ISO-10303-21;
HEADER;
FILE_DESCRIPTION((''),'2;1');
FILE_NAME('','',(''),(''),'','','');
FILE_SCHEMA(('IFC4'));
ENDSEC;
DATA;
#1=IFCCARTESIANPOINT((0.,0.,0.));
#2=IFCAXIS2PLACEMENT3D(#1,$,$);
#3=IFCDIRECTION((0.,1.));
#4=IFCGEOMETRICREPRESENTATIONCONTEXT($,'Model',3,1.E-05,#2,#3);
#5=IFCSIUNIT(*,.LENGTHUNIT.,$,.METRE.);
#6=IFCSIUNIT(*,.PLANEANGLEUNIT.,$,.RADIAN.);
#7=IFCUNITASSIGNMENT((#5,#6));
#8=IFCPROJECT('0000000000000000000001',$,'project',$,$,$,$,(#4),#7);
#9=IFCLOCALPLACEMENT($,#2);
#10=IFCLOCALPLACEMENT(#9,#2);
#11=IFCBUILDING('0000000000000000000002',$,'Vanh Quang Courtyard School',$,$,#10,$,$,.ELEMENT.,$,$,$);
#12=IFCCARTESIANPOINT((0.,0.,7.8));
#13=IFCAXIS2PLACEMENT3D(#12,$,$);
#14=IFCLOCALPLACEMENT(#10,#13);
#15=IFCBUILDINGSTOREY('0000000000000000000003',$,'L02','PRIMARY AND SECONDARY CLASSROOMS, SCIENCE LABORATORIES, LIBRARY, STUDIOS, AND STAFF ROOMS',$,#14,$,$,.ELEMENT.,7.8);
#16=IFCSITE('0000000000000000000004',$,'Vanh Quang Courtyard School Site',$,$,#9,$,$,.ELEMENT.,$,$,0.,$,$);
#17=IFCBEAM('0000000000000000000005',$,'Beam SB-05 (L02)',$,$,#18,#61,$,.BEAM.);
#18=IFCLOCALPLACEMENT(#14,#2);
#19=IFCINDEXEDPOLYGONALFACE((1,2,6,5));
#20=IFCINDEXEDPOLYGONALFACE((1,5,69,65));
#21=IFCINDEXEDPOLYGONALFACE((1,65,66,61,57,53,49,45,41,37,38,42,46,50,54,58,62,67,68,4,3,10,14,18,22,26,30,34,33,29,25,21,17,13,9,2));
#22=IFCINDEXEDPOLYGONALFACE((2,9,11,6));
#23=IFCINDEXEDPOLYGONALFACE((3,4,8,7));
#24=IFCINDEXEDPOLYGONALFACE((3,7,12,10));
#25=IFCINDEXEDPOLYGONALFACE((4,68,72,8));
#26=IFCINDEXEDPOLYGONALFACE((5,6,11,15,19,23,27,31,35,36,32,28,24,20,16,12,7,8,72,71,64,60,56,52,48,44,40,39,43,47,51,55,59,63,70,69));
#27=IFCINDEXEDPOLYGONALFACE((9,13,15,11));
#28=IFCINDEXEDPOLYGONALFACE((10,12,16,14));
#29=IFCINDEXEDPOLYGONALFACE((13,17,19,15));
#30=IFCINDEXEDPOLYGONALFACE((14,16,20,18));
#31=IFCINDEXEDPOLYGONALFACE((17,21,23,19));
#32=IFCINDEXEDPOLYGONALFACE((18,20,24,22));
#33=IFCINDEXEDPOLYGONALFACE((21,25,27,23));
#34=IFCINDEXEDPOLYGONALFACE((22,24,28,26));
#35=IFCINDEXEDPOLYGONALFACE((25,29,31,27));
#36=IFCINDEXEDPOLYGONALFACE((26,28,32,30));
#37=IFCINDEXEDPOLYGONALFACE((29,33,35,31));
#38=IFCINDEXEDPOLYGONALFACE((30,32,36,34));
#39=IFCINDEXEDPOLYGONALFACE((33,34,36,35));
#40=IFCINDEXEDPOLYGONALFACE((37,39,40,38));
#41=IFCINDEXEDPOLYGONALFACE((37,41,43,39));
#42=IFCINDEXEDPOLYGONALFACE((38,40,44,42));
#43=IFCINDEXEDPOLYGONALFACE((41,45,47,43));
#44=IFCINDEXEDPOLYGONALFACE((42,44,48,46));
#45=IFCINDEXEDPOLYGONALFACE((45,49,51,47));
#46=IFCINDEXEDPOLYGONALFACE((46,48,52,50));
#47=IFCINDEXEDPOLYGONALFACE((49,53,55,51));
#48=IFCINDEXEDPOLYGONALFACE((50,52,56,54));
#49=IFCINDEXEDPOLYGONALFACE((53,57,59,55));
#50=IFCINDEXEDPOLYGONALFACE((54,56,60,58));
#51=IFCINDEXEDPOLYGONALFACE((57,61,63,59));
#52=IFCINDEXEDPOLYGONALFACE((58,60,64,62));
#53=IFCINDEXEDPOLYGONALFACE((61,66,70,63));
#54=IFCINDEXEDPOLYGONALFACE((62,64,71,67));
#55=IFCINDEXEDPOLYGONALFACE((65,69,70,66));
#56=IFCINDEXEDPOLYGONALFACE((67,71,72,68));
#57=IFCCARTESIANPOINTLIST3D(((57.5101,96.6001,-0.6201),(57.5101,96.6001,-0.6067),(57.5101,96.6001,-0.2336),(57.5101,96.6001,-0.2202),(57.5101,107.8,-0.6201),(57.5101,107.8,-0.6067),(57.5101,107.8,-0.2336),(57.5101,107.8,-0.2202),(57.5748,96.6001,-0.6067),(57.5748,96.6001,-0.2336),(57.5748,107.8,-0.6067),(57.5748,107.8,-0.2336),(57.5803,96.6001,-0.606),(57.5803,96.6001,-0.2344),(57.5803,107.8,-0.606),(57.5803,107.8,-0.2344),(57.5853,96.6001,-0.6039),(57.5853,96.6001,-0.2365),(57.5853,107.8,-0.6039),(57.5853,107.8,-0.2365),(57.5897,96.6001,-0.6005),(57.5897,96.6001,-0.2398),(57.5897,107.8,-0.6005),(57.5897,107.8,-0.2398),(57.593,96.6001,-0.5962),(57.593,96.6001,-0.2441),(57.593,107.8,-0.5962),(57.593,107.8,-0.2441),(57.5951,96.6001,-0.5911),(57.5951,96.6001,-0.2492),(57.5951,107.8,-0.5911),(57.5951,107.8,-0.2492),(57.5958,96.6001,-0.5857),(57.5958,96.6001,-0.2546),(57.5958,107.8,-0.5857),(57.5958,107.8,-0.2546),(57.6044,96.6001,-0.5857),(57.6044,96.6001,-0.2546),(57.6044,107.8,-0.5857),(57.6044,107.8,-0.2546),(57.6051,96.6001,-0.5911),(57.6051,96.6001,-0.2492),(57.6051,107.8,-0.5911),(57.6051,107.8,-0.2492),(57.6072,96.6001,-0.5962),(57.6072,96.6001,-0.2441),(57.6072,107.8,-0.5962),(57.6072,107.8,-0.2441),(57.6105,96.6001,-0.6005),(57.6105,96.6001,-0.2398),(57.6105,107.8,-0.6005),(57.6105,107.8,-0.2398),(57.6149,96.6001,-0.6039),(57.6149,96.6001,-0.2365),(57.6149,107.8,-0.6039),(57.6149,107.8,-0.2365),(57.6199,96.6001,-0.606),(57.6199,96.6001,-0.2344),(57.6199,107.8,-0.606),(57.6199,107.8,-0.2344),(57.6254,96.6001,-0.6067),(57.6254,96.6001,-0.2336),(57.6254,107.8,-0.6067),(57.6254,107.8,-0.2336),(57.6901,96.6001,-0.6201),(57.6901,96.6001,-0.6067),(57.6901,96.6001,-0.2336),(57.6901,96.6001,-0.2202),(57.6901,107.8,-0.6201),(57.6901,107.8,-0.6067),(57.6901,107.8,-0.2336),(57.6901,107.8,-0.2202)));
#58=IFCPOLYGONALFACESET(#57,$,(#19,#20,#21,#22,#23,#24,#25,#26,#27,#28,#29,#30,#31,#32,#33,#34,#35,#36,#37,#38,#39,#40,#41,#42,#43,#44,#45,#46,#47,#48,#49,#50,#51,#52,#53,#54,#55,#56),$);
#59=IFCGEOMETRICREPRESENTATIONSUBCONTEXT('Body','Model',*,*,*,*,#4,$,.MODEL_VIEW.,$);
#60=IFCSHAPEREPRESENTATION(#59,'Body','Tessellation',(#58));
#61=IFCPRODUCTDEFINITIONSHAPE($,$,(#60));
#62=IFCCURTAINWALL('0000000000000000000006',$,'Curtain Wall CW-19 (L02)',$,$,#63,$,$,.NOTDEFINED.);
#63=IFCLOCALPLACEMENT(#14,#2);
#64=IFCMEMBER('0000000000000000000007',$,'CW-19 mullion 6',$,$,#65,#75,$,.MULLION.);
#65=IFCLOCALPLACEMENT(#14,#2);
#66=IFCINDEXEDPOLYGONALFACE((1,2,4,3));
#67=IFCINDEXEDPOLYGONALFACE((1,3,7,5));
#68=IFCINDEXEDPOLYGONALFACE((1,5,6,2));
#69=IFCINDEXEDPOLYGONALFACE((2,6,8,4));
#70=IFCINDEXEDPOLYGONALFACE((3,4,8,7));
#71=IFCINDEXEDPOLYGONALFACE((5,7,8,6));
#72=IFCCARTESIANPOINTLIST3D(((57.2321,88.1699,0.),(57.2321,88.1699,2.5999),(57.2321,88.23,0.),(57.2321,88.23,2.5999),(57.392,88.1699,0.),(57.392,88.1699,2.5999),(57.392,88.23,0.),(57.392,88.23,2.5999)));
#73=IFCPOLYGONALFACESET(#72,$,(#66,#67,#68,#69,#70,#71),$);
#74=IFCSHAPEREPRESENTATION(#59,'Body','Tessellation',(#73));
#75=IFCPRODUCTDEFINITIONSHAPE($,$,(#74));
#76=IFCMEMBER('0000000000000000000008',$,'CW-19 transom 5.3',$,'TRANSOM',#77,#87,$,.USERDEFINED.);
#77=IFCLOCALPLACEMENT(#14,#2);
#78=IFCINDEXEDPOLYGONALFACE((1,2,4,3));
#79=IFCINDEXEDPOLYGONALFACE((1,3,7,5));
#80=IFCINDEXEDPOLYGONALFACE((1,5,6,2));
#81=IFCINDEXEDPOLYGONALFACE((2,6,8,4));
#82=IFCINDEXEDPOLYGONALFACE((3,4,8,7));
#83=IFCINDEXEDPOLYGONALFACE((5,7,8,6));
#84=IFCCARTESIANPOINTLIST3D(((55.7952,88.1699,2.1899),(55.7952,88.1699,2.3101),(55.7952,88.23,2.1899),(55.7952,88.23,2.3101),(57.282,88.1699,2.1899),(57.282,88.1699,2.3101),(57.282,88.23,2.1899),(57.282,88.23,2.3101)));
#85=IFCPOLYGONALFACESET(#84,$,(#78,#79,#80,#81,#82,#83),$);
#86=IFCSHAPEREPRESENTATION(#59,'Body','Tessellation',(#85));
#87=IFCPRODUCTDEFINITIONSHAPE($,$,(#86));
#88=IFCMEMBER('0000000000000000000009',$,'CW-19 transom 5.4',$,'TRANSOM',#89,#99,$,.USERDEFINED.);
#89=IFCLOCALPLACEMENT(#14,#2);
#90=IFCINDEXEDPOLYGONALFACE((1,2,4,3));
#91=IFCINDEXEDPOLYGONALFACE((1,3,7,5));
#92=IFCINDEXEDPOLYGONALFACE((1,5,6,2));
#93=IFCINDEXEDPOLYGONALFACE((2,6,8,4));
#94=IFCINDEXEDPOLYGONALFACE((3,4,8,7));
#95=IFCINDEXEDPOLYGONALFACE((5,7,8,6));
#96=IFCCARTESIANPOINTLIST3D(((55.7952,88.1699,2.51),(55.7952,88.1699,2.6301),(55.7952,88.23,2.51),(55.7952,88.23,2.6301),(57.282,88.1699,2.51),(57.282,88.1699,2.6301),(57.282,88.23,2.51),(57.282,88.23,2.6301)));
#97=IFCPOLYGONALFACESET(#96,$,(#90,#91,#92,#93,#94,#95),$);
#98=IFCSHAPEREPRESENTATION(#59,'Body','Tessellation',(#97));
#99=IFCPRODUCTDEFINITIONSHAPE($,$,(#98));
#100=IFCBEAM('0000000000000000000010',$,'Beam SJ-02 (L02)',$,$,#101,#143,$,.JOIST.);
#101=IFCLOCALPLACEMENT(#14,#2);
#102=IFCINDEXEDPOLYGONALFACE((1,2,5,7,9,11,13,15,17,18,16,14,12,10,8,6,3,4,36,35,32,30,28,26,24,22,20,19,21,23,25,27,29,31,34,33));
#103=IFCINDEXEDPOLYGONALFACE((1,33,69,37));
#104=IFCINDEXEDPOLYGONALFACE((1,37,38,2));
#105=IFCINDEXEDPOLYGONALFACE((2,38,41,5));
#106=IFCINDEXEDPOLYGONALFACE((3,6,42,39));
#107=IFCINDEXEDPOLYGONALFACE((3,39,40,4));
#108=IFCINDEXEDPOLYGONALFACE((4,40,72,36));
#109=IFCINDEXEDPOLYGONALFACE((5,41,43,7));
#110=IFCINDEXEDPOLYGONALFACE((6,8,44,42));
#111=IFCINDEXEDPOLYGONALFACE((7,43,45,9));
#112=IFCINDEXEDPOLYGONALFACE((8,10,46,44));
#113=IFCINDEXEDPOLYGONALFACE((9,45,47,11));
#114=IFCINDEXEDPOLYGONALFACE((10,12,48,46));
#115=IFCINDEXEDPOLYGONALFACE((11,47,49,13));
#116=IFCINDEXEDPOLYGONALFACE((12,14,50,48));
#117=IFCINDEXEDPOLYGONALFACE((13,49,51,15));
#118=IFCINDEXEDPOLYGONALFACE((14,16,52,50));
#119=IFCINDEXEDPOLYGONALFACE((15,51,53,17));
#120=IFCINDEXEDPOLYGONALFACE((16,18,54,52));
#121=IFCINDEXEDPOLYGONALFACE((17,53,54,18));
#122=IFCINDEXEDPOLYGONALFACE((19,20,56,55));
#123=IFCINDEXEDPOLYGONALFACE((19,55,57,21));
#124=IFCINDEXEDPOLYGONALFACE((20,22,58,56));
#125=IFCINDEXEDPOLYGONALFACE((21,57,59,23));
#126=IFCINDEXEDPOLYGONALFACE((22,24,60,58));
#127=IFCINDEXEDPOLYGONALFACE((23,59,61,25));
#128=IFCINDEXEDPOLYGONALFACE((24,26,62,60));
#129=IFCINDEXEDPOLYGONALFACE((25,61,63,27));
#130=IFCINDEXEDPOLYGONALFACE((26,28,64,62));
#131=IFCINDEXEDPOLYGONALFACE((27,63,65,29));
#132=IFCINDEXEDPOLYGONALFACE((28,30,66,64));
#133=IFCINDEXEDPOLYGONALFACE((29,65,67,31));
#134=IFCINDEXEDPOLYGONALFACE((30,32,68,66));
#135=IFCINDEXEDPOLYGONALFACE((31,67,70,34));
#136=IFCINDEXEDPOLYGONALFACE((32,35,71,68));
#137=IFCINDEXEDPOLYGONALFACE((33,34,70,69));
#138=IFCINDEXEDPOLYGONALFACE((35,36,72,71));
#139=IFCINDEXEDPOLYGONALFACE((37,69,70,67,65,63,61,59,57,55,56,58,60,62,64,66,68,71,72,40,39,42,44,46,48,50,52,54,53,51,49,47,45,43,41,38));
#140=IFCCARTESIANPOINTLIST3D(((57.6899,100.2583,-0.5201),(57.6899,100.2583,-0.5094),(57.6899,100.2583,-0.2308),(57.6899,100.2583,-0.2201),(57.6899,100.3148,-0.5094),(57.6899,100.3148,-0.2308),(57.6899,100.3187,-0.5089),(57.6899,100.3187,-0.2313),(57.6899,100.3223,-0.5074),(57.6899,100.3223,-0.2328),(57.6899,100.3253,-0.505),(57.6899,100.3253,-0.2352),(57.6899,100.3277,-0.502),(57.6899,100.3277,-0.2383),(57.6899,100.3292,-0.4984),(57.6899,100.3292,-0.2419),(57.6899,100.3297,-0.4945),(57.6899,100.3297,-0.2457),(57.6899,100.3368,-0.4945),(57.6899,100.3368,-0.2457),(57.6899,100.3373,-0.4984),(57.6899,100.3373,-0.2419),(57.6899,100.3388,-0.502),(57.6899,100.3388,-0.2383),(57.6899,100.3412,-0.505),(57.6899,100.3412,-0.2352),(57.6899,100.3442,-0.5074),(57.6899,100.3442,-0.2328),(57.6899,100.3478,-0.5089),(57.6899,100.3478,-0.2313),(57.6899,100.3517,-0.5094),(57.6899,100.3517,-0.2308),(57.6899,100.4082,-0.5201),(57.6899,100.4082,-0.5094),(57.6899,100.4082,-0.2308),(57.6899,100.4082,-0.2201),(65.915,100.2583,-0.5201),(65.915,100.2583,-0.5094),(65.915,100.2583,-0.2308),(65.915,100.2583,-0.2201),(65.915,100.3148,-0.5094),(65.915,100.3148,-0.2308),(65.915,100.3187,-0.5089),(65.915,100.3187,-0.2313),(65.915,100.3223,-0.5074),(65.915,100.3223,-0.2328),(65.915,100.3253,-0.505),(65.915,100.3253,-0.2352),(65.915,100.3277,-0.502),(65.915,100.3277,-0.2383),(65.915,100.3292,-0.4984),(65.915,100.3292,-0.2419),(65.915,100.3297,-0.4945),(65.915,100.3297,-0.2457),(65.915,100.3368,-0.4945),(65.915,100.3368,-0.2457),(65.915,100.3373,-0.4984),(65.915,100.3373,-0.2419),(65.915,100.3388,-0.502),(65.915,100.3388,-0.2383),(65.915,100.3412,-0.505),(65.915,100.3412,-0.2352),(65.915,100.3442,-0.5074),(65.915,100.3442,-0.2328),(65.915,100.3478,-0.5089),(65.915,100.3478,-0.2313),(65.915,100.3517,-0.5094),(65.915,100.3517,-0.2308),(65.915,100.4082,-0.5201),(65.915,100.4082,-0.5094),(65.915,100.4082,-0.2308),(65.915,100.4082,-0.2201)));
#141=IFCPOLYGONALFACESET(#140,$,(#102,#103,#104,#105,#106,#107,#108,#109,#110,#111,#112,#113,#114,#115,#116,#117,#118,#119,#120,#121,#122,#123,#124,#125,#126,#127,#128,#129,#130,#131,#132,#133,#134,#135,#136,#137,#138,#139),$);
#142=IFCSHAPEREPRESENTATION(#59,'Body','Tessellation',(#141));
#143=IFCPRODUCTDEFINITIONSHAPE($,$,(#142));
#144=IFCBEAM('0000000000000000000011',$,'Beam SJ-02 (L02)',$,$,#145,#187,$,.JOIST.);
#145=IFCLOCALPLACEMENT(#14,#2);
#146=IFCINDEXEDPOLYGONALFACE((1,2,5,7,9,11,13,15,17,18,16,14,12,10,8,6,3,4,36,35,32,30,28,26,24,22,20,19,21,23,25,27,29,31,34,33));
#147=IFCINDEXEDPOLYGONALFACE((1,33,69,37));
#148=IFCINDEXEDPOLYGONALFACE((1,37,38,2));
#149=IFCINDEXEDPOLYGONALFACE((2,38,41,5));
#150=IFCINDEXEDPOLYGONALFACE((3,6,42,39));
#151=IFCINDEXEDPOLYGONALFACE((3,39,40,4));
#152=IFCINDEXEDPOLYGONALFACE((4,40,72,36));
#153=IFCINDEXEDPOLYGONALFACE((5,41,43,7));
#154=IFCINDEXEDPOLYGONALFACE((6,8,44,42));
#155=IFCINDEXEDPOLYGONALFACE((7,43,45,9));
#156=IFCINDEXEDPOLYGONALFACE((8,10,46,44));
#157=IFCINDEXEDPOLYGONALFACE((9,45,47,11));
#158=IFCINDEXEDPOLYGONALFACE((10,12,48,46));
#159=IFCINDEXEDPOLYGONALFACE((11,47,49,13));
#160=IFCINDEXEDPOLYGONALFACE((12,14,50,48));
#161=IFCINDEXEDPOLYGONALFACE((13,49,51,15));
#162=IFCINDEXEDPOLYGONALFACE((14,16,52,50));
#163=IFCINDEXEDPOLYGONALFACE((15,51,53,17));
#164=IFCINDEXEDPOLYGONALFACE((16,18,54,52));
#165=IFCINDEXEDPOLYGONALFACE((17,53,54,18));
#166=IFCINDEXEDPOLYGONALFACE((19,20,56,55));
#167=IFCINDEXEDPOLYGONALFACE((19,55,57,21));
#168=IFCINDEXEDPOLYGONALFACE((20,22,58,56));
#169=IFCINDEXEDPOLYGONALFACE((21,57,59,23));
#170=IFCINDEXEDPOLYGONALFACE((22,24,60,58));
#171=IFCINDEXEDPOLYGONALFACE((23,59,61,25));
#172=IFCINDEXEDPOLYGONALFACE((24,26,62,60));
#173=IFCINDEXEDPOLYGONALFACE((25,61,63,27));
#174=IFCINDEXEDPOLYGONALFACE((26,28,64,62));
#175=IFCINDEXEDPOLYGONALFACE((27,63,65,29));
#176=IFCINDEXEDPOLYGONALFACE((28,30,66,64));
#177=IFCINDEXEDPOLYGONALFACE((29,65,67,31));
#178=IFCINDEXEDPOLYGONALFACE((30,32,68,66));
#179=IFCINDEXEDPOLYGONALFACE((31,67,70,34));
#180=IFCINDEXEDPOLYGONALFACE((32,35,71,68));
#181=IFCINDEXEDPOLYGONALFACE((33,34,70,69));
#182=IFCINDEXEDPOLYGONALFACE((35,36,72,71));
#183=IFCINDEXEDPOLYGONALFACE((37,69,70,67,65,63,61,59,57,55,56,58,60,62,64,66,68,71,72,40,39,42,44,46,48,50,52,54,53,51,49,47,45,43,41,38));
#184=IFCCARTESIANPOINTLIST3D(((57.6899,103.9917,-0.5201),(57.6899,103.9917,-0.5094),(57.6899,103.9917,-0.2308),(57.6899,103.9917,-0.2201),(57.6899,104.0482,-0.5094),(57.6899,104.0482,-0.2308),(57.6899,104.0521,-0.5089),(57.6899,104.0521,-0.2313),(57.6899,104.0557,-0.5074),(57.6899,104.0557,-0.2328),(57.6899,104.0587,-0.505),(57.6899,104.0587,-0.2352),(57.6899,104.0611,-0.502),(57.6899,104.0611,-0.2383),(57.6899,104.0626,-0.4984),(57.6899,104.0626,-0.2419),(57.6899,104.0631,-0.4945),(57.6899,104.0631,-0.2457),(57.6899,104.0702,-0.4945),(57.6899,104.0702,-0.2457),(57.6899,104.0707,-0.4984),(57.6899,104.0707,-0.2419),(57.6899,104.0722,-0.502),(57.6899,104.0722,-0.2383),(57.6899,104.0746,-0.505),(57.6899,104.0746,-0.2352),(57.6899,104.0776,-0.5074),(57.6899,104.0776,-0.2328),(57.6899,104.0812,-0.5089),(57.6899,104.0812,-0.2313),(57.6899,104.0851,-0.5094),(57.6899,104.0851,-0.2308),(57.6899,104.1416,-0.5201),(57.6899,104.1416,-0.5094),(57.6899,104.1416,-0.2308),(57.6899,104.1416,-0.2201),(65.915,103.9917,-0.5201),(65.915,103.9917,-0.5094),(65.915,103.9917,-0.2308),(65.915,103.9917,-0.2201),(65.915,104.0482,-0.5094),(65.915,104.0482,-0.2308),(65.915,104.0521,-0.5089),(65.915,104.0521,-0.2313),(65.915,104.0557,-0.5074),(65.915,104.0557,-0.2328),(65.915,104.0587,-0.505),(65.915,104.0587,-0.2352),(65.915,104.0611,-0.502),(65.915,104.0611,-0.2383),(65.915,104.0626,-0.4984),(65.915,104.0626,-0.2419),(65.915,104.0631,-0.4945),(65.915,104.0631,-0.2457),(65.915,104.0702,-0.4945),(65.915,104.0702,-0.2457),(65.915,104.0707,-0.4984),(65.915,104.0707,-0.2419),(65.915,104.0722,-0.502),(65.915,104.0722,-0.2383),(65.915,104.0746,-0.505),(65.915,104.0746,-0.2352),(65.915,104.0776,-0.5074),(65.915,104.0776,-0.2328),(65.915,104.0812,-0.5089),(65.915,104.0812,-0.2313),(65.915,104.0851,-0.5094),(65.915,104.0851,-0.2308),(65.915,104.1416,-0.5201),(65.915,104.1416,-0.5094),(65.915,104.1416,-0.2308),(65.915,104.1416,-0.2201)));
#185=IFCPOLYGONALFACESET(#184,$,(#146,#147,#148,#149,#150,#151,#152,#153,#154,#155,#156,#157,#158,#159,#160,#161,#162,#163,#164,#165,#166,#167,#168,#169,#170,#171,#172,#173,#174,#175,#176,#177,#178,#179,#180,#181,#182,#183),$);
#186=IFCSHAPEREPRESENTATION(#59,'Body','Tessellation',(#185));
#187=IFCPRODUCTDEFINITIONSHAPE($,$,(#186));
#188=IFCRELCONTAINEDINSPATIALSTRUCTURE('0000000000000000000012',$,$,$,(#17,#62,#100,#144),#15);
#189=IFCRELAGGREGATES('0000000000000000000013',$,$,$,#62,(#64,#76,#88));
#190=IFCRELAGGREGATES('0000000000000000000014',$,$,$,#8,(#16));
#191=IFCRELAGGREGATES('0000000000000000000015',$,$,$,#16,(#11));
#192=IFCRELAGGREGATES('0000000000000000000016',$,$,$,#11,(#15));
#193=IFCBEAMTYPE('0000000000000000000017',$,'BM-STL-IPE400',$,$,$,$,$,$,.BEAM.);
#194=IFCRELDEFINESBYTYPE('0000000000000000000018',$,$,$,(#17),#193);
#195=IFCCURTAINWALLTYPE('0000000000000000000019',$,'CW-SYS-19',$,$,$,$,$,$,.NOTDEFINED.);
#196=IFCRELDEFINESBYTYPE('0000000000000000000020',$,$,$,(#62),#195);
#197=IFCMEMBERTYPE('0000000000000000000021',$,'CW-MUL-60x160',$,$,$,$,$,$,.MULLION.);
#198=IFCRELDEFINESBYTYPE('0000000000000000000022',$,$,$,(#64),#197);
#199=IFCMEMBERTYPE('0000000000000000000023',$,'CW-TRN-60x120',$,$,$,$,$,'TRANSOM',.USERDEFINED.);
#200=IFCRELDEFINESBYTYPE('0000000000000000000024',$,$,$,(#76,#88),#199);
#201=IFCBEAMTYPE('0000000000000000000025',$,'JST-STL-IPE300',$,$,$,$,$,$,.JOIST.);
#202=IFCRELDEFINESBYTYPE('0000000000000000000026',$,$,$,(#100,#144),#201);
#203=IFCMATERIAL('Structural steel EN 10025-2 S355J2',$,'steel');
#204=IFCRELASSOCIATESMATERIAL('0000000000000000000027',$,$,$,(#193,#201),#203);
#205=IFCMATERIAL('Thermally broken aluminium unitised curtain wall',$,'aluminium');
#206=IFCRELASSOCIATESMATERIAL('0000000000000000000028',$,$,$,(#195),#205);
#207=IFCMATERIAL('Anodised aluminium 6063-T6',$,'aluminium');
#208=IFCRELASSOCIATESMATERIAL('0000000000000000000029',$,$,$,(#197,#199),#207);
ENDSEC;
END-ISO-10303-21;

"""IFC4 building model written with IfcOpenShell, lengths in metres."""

from ifc_helpers import new_model, si_unit, direction, frame, origin, origin_2d, place, context, subcontext, project, spatial, rectangle, i_section, extrude, material, material_profile, profile_set, type_object, element, aggregate, save


model = new_model("IFC4")

# Units and contexts
model_context = context("Model", 3, precision=1e-05, world=origin(), true_north=direction((0.0, 1.0)))
body_context = subcontext(model_context, "Body", "Model", "MODEL_VIEW")
ifc_project = project(units=[si_unit("LENGTHUNIT", "METRE"), si_unit("PLANEANGLEUNIT", "RADIAN")], contexts=[model_context])

# Site, building, storey
site_placement = place(None, origin())
site = spatial("IfcSite", under=ifc_project, at=site_placement, Name="Vanh Quang Courtyard School Site", CompositionType="ELEMENT", RefElevation=0.0)
building_placement = place(site_placement, origin())
building = spatial("IfcBuilding", under=site, at=building_placement, Name="Vanh Quang Courtyard School", CompositionType="ELEMENT")
storey_placement = place(building_placement, frame((0.0, 0.0, 7.8)))
storey = spatial("IfcBuildingStorey", under=building, at=storey_placement, Name="L02", Description="PRIMARY AND SECONDARY CLASSROOMS, SCIENCE LABORATORIES, LIBRARY, STUDIOS, AND STAFF ROOMS", CompositionType="ELEMENT", Elevation=7.8)

# Beam
ifc_material_1 = material(Name="Structural steel EN 10025-2 S355J2", Category="steel")
ifc_material_profile_1 = material_profile(ifc_material_1, i_section(OverallWidth=0.1799, OverallDepth=0.3999, WebThickness=0.0085, FlangeThickness=0.0134, FilletRadius=0.021, at=origin_2d()), Name="IPE 400")
ifc_profile_set_1 = profile_set([ifc_material_profile_1], Name="Structural steel EN 10025-2 S355J2")
beam_type_1 = type_object("IfcBeamType", Name="BM-STL-IPE400", PredefinedType="BEAM", material=ifc_profile_set_1)
beam_1_placement = place(storey_placement, frame((57.6001, 96.6001, -0.4202), z_axis=(0.0, 1.0, 0.0), x_axis=(-1.0, 0.0, 0.0)))
element("IfcBeam", 1, at=beam_1_placement, inside=storey, type_object=beam_type_1, Name="Beam SB-05 (L02)", PredefinedType="BEAM", context=body_context, shape_type="SweptSolid", body=[
    extrude(i_section(OverallWidth=0.1799, OverallDepth=0.3999, WebThickness=0.0085, FlangeThickness=0.0134, FilletRadius=0.021, at=origin_2d()), origin(), (0.0, 0.0, 1.0), 11.2),
])

# Curtain wall, members
ifc_material_2 = material(Name="Thermally broken aluminium unitised curtain wall", Category="aluminium")
curtain_wall_type = type_object("IfcCurtainWallType", Name="CW-SYS-19", PredefinedType="NOTDEFINED", material=ifc_material_2)
curtain_wall_placement = place(storey_placement, origin())
curtain_wall = element("IfcCurtainWall", 2, at=curtain_wall_placement, inside=storey, type_object=curtain_wall_type, Name="Curtain Wall CW-19 (L02)", PredefinedType="NOTDEFINED")
ifc_material_3 = material(Name="Anodised aluminium 6063-T6", Category="aluminium")
ifc_material_profile_2 = material_profile(ifc_material_3, rectangle(XDim=0.0601, YDim=0.1599, at=origin_2d()), Name="ALU-MUL 60x160")
ifc_profile_set_2 = profile_set([ifc_material_profile_2], Name="Anodised aluminium 6063-T6")
member_type_1 = type_object("IfcMemberType", Name="CW-MUL-60x160", PredefinedType="MULLION", material=ifc_profile_set_2)
member_1_placement = place(storey_placement, frame((57.312, 88.2, 0.0), z_axis=(0.0, 0.0, 1.0), x_axis=(0.0, 1.0, 0.0)))
member_1 = element("IfcMember", 3, at=member_1_placement, type_object=member_type_1, Name="CW-19 mullion 6", PredefinedType="MULLION", context=body_context, shape_type="SweptSolid", body=[
    extrude(rectangle(XDim=0.0601, YDim=0.1599, at=origin_2d()), origin(), (0.0, 0.0, 1.0), 2.5999),
])
ifc_material_profile_3 = material_profile(ifc_material_3, rectangle(XDim=0.0601, YDim=0.1201, at=origin_2d()), Name="ALU-TRN 60x120")
ifc_profile_set_3 = profile_set([ifc_material_profile_3], Name="Anodised aluminium 6063-T6")
member_type_2 = type_object("IfcMemberType", Name="CW-TRN-60x120", ElementType="TRANSOM", PredefinedType="USERDEFINED", material=ifc_profile_set_3)
member_2_placement = place(storey_placement, frame((55.7952, 88.2, 2.25), z_axis=(1.0, 0.0, 0.0), x_axis=(0.0, 1.0, 0.0)))
member_2 = element("IfcMember", 4, at=member_2_placement, type_object=member_type_2, Name="CW-19 transom 5.3", ObjectType="TRANSOM", PredefinedType="USERDEFINED", context=body_context, shape_type="SweptSolid", body=[
    extrude(rectangle(XDim=0.0601, YDim=0.1201, at=origin_2d()), origin(), (0.0, 0.0, 1.0), 1.4868),
])
member_3_placement = place(storey_placement, frame((55.7952, 88.2, 2.5701), z_axis=(1.0, 0.0, 0.0), x_axis=(0.0, 1.0, 0.0)))
member_3 = element("IfcMember", 5, at=member_3_placement, type_object=member_type_2, Name="CW-19 transom 5.4", ObjectType="TRANSOM", PredefinedType="USERDEFINED", context=body_context, shape_type="SweptSolid", body=[
    extrude(rectangle(XDim=0.0601, YDim=0.1201, at=origin_2d()), origin(), (0.0, 0.0, 1.0), 1.4868),
])

# Beams
ifc_material_profile_4 = material_profile(ifc_material_1, i_section(OverallWidth=0.1499, OverallDepth=0.3, WebThickness=0.0071, FlangeThickness=0.0107, FilletRadius=0.0149, at=origin_2d()), Name="IPE 300")
ifc_profile_set_4 = profile_set([ifc_material_profile_4], Name="Structural steel EN 10025-2 S355J2")
beam_type_2 = type_object("IfcBeamType", Name="JST-STL-IPE300", PredefinedType="JOIST", material=ifc_profile_set_4)
for number, where, z_axis, x_axis, name in (
    (6, (57.6899, 100.3333, -0.3701), (1.0, 0.0, 0.0), (0.0, 1.0, 0.0), "Beam SJ-02 (L02)"),
    (7, (57.6899, 104.0667, -0.3701), (1.0, 0.0, 0.0), (0.0, 1.0, 0.0), "Beam SJ-02 (L02)"),
):
    element("IfcBeam", number, at=place(storey_placement, frame(where, z_axis=z_axis, x_axis=x_axis)), inside=storey, type_object=beam_type_2, Name=name, PredefinedType="JOIST", context=body_context, shape_type="SweptSolid", body=[
        extrude(i_section(OverallWidth=0.1499, OverallDepth=0.3, WebThickness=0.0071, FlangeThickness=0.0107, FilletRadius=0.0149, at=origin_2d()), origin(), (0.0, 0.0, 1.0), 8.2251),
    ])

aggregate(curtain_wall, [member_1, member_2, member_3])

save(model, "model.ifc")
